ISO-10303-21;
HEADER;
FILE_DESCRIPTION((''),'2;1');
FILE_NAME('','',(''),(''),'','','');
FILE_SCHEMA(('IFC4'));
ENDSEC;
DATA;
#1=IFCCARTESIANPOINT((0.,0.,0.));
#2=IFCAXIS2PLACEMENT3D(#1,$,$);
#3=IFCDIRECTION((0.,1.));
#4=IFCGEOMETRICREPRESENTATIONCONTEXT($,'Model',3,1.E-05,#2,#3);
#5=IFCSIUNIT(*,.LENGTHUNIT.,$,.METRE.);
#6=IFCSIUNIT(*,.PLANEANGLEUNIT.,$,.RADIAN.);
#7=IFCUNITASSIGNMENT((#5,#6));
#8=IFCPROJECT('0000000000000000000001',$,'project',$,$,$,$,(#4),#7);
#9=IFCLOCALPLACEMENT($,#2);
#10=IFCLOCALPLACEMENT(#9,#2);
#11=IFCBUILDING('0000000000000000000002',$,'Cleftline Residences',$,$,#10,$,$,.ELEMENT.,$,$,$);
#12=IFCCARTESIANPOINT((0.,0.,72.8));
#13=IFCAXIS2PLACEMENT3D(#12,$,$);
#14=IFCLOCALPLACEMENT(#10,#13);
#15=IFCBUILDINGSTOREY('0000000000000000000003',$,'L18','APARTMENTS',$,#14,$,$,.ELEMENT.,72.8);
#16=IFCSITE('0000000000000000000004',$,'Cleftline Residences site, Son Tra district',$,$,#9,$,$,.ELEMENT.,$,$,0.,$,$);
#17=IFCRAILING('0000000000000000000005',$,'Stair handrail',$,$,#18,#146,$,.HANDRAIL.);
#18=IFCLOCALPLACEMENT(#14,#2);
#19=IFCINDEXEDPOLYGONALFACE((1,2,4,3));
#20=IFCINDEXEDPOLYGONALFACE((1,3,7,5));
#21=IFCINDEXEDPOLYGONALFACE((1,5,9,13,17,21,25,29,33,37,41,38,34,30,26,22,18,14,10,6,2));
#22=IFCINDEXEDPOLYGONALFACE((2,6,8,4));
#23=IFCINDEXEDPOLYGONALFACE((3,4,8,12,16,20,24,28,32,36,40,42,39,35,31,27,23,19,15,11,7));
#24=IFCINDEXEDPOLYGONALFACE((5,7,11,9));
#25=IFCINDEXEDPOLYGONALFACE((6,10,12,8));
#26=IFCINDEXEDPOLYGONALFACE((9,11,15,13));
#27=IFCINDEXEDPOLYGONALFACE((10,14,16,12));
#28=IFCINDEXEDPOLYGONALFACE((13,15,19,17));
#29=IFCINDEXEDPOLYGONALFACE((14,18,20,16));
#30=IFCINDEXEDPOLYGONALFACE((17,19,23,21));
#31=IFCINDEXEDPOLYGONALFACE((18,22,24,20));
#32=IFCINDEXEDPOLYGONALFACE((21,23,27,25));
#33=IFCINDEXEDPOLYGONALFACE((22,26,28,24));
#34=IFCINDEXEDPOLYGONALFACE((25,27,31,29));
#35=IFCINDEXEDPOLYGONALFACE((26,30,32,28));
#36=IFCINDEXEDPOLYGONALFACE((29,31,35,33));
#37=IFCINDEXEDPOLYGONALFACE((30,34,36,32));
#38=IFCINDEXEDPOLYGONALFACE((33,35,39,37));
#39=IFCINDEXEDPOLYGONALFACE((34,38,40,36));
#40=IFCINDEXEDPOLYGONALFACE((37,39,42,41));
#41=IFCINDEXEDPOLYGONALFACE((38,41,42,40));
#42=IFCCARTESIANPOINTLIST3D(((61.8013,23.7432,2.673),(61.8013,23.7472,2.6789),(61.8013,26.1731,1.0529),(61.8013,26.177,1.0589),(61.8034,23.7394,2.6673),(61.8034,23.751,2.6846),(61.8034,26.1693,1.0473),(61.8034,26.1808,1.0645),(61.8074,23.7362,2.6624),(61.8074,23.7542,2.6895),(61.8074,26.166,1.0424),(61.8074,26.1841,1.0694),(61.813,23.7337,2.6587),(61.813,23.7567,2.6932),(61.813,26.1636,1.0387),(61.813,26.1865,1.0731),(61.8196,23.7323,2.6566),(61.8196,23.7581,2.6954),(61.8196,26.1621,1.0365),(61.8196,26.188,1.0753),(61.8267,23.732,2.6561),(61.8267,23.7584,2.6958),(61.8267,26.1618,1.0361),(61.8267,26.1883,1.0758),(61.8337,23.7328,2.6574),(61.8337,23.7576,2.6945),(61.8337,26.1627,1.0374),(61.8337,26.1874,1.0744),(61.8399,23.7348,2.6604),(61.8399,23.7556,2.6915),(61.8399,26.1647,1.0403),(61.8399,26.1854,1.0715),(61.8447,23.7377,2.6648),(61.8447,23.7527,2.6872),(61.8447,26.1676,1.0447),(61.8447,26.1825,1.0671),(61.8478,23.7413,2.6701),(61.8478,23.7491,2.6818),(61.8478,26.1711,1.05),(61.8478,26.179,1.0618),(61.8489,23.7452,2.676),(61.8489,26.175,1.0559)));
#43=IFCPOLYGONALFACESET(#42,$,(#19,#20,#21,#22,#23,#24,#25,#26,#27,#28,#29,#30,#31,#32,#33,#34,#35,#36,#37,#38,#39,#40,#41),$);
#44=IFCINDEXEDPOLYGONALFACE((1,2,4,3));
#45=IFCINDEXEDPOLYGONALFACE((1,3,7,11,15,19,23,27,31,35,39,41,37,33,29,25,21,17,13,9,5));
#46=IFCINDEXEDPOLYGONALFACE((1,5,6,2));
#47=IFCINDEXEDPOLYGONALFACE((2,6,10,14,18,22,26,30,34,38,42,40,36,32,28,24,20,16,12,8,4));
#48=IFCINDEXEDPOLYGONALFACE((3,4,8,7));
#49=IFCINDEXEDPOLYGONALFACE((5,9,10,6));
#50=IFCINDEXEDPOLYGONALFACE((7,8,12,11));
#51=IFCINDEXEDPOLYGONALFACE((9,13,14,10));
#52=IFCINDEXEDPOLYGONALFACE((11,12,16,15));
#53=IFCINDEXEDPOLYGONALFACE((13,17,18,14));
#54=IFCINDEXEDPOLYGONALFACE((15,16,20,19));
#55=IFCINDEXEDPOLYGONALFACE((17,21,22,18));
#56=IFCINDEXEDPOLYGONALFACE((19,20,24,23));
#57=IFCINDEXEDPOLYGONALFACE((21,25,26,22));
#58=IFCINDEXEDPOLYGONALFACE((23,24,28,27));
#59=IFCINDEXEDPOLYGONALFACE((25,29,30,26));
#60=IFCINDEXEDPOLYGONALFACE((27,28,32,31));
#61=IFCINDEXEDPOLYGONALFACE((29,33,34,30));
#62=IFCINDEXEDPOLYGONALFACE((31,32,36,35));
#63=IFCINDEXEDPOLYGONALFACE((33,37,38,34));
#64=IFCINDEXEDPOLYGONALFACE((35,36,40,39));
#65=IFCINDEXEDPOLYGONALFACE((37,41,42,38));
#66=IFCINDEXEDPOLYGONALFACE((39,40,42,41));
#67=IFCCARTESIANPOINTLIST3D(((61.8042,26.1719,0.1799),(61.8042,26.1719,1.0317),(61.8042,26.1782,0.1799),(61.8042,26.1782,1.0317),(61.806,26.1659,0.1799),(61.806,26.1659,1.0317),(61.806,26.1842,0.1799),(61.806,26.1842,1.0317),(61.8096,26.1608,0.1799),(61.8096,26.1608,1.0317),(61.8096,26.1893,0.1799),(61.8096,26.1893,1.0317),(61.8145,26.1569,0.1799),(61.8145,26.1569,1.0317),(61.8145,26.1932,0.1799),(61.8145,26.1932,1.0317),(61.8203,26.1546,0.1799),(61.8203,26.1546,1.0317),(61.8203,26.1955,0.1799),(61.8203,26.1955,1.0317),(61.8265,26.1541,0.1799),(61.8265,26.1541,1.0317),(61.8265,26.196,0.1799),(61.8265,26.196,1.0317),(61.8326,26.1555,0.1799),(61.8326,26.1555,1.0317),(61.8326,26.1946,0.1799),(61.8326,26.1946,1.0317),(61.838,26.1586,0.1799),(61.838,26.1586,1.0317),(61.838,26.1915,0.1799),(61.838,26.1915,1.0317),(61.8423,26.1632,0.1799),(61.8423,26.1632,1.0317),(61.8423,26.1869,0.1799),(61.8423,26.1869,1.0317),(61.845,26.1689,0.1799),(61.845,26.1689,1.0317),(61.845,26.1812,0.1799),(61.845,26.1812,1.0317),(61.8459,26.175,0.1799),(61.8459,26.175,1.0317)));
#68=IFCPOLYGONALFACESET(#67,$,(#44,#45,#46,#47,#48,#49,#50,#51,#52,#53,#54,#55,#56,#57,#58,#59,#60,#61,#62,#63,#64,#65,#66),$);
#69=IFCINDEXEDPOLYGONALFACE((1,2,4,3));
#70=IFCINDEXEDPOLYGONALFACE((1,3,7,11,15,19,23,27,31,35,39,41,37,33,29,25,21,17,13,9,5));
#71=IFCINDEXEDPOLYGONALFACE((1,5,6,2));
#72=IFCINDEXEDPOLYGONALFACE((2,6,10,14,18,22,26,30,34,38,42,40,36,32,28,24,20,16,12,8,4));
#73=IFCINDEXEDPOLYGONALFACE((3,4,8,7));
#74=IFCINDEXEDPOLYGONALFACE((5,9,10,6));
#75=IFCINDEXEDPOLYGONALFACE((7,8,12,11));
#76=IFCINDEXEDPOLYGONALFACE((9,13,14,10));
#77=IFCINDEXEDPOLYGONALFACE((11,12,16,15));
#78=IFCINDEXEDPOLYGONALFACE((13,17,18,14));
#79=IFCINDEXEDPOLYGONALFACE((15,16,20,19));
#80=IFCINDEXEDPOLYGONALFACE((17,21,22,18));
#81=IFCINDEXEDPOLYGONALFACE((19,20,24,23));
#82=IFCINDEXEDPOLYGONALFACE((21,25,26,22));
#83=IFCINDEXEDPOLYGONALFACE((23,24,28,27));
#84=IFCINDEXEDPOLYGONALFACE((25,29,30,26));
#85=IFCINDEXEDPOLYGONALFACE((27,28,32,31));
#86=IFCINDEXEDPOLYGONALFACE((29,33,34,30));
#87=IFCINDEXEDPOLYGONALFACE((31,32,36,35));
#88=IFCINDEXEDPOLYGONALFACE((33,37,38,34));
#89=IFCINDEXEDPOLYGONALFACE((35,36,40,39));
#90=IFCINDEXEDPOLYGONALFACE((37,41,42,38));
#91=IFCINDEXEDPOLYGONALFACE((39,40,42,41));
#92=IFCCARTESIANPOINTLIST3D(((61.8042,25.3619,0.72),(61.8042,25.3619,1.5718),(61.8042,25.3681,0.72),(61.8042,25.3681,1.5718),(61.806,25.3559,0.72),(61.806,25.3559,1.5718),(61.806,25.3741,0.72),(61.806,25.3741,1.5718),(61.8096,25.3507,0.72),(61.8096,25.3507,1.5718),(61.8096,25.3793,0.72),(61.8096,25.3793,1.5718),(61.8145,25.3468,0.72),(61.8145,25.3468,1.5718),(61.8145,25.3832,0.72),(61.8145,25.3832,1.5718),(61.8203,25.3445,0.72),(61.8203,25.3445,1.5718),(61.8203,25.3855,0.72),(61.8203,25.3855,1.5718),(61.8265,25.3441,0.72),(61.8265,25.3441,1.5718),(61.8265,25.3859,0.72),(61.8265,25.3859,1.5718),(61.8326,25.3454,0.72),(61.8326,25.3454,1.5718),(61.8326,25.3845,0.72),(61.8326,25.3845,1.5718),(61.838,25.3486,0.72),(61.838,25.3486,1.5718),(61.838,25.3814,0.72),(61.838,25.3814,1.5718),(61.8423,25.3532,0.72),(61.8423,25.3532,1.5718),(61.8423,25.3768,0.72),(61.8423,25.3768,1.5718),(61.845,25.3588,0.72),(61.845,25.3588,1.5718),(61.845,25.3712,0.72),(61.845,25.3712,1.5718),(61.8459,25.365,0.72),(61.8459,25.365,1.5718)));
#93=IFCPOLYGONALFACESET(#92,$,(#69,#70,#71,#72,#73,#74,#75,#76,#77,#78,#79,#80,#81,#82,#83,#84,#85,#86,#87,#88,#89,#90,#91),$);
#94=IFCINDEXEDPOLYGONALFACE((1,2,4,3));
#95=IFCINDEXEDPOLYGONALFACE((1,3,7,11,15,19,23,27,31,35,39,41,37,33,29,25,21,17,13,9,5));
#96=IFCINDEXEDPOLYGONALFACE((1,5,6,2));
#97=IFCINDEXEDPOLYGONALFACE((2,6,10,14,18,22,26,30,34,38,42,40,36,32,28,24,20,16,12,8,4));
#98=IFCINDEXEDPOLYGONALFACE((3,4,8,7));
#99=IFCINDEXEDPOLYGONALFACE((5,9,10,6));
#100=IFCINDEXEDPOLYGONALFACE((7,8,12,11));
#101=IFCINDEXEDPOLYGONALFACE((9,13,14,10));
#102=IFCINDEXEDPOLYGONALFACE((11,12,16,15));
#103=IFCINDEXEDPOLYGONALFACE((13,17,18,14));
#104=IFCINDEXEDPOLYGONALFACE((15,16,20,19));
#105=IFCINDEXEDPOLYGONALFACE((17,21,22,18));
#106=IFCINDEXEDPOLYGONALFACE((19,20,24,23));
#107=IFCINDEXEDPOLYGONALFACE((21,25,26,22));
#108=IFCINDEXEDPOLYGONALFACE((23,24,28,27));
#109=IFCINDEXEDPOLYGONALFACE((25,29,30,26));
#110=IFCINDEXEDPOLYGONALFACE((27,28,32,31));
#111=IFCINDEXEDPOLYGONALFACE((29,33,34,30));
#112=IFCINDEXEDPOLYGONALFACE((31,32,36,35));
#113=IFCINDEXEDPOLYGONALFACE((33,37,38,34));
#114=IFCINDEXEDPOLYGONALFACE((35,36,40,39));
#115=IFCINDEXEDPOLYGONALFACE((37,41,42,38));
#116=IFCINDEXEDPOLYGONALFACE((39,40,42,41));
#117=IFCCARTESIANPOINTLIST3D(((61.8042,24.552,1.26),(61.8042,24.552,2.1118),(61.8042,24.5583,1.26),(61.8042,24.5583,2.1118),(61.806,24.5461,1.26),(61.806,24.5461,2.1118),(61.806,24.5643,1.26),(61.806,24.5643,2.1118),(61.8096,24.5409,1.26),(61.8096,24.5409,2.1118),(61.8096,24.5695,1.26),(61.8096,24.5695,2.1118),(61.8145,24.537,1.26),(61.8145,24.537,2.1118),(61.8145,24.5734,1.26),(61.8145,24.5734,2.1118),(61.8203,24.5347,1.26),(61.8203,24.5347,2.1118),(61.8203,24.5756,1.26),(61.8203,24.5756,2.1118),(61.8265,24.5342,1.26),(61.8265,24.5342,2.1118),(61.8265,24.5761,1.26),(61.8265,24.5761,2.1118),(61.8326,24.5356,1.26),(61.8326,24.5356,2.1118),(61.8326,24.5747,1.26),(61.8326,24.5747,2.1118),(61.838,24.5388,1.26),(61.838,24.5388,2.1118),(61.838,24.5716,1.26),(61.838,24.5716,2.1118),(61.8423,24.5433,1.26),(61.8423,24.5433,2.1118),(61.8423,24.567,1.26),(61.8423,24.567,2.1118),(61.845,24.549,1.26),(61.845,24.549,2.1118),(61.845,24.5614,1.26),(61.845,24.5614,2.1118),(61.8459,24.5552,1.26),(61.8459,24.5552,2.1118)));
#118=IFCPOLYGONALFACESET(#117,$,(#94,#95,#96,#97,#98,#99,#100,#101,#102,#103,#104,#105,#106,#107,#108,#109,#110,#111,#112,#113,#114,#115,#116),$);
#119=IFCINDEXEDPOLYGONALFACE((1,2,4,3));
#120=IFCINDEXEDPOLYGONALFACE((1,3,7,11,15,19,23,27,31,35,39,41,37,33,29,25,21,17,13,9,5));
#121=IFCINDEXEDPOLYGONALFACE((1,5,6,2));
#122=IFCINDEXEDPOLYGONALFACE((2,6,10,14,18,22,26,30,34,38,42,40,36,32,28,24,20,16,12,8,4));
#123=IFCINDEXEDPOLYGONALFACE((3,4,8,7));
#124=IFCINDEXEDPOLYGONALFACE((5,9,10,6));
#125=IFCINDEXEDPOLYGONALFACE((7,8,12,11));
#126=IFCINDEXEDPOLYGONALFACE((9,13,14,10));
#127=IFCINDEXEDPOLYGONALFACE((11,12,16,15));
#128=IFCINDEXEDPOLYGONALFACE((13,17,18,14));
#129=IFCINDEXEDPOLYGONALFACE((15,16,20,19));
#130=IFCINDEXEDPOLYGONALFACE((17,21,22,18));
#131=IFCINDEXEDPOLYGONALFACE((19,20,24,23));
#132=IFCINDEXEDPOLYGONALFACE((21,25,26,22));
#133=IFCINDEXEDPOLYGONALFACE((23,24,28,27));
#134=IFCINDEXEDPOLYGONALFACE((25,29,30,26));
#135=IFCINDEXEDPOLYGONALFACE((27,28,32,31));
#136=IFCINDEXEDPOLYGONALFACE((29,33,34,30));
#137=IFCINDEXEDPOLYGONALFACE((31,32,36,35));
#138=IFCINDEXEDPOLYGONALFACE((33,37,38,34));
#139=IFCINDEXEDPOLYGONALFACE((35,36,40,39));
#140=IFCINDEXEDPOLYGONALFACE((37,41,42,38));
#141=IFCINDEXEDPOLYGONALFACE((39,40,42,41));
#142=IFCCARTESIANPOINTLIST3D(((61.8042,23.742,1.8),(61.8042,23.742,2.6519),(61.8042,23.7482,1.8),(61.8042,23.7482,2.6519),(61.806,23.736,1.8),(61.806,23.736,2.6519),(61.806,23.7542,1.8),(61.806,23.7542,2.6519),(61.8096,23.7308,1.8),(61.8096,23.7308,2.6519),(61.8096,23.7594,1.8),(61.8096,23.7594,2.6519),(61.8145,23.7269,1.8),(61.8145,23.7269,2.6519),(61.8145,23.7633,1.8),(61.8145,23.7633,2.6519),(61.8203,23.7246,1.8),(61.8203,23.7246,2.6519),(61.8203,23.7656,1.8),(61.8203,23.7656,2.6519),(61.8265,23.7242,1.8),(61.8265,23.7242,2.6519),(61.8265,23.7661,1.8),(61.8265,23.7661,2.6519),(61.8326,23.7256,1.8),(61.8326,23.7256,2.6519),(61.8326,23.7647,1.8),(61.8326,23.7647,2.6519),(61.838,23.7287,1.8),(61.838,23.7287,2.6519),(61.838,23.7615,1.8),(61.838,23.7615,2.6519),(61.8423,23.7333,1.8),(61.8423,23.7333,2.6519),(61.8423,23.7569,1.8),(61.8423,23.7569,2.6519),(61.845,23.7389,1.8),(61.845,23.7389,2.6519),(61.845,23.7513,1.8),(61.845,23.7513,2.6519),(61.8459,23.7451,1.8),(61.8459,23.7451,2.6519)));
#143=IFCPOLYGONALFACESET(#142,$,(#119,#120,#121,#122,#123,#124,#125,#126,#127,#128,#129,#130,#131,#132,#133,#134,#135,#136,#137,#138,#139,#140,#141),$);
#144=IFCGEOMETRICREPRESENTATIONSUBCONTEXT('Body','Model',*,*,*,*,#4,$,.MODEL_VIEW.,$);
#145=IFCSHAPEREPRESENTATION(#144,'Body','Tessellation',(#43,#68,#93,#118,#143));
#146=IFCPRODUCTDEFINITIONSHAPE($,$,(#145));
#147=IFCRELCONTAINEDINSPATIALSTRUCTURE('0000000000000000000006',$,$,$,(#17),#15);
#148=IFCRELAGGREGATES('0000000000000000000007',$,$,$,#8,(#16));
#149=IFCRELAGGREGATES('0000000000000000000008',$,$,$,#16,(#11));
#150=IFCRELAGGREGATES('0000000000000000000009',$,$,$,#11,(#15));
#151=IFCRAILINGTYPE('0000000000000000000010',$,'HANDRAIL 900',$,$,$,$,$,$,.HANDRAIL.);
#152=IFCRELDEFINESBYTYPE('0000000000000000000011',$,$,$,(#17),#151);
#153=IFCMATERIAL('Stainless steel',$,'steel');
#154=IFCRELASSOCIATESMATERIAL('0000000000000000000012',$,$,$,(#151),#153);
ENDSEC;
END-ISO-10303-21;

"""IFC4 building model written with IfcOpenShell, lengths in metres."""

from ifc_helpers import new_model, si_unit, direction, frame, origin, origin_2d, place, context, subcontext, project, spatial, circle, extrude, material, type_object, element, save


model = new_model("IFC4")

# Units and contexts
model_context = context("Model", 3, precision=1e-05, world=origin(), true_north=direction((0.0, 1.0)))
body_context = subcontext(model_context, "Body", "Model", "MODEL_VIEW")
ifc_project = project(units=[si_unit("LENGTHUNIT", "METRE"), si_unit("PLANEANGLEUNIT", "RADIAN")], contexts=[model_context])

# Site, building, storey
site_placement = place(None, origin())
site = spatial("IfcSite", under=ifc_project, at=site_placement, Name="Cleftline Residences site, Son Tra district", CompositionType="ELEMENT", RefElevation=0.0)
building_placement = place(site_placement, origin())
building = spatial("IfcBuilding", under=site, at=building_placement, Name="Cleftline Residences", CompositionType="ELEMENT")
storey_placement = place(building_placement, frame((0.0, 0.0, 72.8)))
storey = spatial("IfcBuildingStorey", under=building, at=storey_placement, Name="L18", Description="APARTMENTS", CompositionType="ELEMENT", Elevation=72.8)

# Railing
ifc_material_1 = material(Name="Stainless steel", Category="steel")
railing_type = type_object("IfcRailingType", Name="HANDRAIL 900", PredefinedType="HANDRAIL", material=ifc_material_1)
railing_placement = place(storey_placement, frame((61.825, 26.175, 0.1799)))
element("IfcRailing", 1, at=railing_placement, inside=storey, type_object=railing_type, Name="Stair handrail", PredefinedType="HANDRAIL", context=body_context, shape_type="SweptSolid", body=[
    extrude(circle(Radius=0.0239, at=origin_2d()), frame((0.0, 0.0, 0.876), z_axis=(0.0, -0.832025, 0.554739), x_axis=(1.0, 0.0, 0.0)), (0.0, 0.0, 1.0), 2.9204),
    extrude(circle(Radius=0.021, at=origin_2d()), origin(), (0.0, 0.0, 1.0), 0.8518),
    extrude(circle(Radius=0.021, at=origin_2d()), frame((0.0, -0.8101, 0.54)), (0.0, 0.0, 1.0), 0.8518),
    extrude(circle(Radius=0.021, at=origin_2d()), frame((0.0, -1.6199, 1.0801)), (0.0, 0.0, 1.0), 0.8518),
    extrude(circle(Radius=0.021, at=origin_2d()), frame((0.0, -2.4299, 1.6201)), (0.0, 0.0, 1.0), 0.8518),
])

save(model, "model.ifc")
